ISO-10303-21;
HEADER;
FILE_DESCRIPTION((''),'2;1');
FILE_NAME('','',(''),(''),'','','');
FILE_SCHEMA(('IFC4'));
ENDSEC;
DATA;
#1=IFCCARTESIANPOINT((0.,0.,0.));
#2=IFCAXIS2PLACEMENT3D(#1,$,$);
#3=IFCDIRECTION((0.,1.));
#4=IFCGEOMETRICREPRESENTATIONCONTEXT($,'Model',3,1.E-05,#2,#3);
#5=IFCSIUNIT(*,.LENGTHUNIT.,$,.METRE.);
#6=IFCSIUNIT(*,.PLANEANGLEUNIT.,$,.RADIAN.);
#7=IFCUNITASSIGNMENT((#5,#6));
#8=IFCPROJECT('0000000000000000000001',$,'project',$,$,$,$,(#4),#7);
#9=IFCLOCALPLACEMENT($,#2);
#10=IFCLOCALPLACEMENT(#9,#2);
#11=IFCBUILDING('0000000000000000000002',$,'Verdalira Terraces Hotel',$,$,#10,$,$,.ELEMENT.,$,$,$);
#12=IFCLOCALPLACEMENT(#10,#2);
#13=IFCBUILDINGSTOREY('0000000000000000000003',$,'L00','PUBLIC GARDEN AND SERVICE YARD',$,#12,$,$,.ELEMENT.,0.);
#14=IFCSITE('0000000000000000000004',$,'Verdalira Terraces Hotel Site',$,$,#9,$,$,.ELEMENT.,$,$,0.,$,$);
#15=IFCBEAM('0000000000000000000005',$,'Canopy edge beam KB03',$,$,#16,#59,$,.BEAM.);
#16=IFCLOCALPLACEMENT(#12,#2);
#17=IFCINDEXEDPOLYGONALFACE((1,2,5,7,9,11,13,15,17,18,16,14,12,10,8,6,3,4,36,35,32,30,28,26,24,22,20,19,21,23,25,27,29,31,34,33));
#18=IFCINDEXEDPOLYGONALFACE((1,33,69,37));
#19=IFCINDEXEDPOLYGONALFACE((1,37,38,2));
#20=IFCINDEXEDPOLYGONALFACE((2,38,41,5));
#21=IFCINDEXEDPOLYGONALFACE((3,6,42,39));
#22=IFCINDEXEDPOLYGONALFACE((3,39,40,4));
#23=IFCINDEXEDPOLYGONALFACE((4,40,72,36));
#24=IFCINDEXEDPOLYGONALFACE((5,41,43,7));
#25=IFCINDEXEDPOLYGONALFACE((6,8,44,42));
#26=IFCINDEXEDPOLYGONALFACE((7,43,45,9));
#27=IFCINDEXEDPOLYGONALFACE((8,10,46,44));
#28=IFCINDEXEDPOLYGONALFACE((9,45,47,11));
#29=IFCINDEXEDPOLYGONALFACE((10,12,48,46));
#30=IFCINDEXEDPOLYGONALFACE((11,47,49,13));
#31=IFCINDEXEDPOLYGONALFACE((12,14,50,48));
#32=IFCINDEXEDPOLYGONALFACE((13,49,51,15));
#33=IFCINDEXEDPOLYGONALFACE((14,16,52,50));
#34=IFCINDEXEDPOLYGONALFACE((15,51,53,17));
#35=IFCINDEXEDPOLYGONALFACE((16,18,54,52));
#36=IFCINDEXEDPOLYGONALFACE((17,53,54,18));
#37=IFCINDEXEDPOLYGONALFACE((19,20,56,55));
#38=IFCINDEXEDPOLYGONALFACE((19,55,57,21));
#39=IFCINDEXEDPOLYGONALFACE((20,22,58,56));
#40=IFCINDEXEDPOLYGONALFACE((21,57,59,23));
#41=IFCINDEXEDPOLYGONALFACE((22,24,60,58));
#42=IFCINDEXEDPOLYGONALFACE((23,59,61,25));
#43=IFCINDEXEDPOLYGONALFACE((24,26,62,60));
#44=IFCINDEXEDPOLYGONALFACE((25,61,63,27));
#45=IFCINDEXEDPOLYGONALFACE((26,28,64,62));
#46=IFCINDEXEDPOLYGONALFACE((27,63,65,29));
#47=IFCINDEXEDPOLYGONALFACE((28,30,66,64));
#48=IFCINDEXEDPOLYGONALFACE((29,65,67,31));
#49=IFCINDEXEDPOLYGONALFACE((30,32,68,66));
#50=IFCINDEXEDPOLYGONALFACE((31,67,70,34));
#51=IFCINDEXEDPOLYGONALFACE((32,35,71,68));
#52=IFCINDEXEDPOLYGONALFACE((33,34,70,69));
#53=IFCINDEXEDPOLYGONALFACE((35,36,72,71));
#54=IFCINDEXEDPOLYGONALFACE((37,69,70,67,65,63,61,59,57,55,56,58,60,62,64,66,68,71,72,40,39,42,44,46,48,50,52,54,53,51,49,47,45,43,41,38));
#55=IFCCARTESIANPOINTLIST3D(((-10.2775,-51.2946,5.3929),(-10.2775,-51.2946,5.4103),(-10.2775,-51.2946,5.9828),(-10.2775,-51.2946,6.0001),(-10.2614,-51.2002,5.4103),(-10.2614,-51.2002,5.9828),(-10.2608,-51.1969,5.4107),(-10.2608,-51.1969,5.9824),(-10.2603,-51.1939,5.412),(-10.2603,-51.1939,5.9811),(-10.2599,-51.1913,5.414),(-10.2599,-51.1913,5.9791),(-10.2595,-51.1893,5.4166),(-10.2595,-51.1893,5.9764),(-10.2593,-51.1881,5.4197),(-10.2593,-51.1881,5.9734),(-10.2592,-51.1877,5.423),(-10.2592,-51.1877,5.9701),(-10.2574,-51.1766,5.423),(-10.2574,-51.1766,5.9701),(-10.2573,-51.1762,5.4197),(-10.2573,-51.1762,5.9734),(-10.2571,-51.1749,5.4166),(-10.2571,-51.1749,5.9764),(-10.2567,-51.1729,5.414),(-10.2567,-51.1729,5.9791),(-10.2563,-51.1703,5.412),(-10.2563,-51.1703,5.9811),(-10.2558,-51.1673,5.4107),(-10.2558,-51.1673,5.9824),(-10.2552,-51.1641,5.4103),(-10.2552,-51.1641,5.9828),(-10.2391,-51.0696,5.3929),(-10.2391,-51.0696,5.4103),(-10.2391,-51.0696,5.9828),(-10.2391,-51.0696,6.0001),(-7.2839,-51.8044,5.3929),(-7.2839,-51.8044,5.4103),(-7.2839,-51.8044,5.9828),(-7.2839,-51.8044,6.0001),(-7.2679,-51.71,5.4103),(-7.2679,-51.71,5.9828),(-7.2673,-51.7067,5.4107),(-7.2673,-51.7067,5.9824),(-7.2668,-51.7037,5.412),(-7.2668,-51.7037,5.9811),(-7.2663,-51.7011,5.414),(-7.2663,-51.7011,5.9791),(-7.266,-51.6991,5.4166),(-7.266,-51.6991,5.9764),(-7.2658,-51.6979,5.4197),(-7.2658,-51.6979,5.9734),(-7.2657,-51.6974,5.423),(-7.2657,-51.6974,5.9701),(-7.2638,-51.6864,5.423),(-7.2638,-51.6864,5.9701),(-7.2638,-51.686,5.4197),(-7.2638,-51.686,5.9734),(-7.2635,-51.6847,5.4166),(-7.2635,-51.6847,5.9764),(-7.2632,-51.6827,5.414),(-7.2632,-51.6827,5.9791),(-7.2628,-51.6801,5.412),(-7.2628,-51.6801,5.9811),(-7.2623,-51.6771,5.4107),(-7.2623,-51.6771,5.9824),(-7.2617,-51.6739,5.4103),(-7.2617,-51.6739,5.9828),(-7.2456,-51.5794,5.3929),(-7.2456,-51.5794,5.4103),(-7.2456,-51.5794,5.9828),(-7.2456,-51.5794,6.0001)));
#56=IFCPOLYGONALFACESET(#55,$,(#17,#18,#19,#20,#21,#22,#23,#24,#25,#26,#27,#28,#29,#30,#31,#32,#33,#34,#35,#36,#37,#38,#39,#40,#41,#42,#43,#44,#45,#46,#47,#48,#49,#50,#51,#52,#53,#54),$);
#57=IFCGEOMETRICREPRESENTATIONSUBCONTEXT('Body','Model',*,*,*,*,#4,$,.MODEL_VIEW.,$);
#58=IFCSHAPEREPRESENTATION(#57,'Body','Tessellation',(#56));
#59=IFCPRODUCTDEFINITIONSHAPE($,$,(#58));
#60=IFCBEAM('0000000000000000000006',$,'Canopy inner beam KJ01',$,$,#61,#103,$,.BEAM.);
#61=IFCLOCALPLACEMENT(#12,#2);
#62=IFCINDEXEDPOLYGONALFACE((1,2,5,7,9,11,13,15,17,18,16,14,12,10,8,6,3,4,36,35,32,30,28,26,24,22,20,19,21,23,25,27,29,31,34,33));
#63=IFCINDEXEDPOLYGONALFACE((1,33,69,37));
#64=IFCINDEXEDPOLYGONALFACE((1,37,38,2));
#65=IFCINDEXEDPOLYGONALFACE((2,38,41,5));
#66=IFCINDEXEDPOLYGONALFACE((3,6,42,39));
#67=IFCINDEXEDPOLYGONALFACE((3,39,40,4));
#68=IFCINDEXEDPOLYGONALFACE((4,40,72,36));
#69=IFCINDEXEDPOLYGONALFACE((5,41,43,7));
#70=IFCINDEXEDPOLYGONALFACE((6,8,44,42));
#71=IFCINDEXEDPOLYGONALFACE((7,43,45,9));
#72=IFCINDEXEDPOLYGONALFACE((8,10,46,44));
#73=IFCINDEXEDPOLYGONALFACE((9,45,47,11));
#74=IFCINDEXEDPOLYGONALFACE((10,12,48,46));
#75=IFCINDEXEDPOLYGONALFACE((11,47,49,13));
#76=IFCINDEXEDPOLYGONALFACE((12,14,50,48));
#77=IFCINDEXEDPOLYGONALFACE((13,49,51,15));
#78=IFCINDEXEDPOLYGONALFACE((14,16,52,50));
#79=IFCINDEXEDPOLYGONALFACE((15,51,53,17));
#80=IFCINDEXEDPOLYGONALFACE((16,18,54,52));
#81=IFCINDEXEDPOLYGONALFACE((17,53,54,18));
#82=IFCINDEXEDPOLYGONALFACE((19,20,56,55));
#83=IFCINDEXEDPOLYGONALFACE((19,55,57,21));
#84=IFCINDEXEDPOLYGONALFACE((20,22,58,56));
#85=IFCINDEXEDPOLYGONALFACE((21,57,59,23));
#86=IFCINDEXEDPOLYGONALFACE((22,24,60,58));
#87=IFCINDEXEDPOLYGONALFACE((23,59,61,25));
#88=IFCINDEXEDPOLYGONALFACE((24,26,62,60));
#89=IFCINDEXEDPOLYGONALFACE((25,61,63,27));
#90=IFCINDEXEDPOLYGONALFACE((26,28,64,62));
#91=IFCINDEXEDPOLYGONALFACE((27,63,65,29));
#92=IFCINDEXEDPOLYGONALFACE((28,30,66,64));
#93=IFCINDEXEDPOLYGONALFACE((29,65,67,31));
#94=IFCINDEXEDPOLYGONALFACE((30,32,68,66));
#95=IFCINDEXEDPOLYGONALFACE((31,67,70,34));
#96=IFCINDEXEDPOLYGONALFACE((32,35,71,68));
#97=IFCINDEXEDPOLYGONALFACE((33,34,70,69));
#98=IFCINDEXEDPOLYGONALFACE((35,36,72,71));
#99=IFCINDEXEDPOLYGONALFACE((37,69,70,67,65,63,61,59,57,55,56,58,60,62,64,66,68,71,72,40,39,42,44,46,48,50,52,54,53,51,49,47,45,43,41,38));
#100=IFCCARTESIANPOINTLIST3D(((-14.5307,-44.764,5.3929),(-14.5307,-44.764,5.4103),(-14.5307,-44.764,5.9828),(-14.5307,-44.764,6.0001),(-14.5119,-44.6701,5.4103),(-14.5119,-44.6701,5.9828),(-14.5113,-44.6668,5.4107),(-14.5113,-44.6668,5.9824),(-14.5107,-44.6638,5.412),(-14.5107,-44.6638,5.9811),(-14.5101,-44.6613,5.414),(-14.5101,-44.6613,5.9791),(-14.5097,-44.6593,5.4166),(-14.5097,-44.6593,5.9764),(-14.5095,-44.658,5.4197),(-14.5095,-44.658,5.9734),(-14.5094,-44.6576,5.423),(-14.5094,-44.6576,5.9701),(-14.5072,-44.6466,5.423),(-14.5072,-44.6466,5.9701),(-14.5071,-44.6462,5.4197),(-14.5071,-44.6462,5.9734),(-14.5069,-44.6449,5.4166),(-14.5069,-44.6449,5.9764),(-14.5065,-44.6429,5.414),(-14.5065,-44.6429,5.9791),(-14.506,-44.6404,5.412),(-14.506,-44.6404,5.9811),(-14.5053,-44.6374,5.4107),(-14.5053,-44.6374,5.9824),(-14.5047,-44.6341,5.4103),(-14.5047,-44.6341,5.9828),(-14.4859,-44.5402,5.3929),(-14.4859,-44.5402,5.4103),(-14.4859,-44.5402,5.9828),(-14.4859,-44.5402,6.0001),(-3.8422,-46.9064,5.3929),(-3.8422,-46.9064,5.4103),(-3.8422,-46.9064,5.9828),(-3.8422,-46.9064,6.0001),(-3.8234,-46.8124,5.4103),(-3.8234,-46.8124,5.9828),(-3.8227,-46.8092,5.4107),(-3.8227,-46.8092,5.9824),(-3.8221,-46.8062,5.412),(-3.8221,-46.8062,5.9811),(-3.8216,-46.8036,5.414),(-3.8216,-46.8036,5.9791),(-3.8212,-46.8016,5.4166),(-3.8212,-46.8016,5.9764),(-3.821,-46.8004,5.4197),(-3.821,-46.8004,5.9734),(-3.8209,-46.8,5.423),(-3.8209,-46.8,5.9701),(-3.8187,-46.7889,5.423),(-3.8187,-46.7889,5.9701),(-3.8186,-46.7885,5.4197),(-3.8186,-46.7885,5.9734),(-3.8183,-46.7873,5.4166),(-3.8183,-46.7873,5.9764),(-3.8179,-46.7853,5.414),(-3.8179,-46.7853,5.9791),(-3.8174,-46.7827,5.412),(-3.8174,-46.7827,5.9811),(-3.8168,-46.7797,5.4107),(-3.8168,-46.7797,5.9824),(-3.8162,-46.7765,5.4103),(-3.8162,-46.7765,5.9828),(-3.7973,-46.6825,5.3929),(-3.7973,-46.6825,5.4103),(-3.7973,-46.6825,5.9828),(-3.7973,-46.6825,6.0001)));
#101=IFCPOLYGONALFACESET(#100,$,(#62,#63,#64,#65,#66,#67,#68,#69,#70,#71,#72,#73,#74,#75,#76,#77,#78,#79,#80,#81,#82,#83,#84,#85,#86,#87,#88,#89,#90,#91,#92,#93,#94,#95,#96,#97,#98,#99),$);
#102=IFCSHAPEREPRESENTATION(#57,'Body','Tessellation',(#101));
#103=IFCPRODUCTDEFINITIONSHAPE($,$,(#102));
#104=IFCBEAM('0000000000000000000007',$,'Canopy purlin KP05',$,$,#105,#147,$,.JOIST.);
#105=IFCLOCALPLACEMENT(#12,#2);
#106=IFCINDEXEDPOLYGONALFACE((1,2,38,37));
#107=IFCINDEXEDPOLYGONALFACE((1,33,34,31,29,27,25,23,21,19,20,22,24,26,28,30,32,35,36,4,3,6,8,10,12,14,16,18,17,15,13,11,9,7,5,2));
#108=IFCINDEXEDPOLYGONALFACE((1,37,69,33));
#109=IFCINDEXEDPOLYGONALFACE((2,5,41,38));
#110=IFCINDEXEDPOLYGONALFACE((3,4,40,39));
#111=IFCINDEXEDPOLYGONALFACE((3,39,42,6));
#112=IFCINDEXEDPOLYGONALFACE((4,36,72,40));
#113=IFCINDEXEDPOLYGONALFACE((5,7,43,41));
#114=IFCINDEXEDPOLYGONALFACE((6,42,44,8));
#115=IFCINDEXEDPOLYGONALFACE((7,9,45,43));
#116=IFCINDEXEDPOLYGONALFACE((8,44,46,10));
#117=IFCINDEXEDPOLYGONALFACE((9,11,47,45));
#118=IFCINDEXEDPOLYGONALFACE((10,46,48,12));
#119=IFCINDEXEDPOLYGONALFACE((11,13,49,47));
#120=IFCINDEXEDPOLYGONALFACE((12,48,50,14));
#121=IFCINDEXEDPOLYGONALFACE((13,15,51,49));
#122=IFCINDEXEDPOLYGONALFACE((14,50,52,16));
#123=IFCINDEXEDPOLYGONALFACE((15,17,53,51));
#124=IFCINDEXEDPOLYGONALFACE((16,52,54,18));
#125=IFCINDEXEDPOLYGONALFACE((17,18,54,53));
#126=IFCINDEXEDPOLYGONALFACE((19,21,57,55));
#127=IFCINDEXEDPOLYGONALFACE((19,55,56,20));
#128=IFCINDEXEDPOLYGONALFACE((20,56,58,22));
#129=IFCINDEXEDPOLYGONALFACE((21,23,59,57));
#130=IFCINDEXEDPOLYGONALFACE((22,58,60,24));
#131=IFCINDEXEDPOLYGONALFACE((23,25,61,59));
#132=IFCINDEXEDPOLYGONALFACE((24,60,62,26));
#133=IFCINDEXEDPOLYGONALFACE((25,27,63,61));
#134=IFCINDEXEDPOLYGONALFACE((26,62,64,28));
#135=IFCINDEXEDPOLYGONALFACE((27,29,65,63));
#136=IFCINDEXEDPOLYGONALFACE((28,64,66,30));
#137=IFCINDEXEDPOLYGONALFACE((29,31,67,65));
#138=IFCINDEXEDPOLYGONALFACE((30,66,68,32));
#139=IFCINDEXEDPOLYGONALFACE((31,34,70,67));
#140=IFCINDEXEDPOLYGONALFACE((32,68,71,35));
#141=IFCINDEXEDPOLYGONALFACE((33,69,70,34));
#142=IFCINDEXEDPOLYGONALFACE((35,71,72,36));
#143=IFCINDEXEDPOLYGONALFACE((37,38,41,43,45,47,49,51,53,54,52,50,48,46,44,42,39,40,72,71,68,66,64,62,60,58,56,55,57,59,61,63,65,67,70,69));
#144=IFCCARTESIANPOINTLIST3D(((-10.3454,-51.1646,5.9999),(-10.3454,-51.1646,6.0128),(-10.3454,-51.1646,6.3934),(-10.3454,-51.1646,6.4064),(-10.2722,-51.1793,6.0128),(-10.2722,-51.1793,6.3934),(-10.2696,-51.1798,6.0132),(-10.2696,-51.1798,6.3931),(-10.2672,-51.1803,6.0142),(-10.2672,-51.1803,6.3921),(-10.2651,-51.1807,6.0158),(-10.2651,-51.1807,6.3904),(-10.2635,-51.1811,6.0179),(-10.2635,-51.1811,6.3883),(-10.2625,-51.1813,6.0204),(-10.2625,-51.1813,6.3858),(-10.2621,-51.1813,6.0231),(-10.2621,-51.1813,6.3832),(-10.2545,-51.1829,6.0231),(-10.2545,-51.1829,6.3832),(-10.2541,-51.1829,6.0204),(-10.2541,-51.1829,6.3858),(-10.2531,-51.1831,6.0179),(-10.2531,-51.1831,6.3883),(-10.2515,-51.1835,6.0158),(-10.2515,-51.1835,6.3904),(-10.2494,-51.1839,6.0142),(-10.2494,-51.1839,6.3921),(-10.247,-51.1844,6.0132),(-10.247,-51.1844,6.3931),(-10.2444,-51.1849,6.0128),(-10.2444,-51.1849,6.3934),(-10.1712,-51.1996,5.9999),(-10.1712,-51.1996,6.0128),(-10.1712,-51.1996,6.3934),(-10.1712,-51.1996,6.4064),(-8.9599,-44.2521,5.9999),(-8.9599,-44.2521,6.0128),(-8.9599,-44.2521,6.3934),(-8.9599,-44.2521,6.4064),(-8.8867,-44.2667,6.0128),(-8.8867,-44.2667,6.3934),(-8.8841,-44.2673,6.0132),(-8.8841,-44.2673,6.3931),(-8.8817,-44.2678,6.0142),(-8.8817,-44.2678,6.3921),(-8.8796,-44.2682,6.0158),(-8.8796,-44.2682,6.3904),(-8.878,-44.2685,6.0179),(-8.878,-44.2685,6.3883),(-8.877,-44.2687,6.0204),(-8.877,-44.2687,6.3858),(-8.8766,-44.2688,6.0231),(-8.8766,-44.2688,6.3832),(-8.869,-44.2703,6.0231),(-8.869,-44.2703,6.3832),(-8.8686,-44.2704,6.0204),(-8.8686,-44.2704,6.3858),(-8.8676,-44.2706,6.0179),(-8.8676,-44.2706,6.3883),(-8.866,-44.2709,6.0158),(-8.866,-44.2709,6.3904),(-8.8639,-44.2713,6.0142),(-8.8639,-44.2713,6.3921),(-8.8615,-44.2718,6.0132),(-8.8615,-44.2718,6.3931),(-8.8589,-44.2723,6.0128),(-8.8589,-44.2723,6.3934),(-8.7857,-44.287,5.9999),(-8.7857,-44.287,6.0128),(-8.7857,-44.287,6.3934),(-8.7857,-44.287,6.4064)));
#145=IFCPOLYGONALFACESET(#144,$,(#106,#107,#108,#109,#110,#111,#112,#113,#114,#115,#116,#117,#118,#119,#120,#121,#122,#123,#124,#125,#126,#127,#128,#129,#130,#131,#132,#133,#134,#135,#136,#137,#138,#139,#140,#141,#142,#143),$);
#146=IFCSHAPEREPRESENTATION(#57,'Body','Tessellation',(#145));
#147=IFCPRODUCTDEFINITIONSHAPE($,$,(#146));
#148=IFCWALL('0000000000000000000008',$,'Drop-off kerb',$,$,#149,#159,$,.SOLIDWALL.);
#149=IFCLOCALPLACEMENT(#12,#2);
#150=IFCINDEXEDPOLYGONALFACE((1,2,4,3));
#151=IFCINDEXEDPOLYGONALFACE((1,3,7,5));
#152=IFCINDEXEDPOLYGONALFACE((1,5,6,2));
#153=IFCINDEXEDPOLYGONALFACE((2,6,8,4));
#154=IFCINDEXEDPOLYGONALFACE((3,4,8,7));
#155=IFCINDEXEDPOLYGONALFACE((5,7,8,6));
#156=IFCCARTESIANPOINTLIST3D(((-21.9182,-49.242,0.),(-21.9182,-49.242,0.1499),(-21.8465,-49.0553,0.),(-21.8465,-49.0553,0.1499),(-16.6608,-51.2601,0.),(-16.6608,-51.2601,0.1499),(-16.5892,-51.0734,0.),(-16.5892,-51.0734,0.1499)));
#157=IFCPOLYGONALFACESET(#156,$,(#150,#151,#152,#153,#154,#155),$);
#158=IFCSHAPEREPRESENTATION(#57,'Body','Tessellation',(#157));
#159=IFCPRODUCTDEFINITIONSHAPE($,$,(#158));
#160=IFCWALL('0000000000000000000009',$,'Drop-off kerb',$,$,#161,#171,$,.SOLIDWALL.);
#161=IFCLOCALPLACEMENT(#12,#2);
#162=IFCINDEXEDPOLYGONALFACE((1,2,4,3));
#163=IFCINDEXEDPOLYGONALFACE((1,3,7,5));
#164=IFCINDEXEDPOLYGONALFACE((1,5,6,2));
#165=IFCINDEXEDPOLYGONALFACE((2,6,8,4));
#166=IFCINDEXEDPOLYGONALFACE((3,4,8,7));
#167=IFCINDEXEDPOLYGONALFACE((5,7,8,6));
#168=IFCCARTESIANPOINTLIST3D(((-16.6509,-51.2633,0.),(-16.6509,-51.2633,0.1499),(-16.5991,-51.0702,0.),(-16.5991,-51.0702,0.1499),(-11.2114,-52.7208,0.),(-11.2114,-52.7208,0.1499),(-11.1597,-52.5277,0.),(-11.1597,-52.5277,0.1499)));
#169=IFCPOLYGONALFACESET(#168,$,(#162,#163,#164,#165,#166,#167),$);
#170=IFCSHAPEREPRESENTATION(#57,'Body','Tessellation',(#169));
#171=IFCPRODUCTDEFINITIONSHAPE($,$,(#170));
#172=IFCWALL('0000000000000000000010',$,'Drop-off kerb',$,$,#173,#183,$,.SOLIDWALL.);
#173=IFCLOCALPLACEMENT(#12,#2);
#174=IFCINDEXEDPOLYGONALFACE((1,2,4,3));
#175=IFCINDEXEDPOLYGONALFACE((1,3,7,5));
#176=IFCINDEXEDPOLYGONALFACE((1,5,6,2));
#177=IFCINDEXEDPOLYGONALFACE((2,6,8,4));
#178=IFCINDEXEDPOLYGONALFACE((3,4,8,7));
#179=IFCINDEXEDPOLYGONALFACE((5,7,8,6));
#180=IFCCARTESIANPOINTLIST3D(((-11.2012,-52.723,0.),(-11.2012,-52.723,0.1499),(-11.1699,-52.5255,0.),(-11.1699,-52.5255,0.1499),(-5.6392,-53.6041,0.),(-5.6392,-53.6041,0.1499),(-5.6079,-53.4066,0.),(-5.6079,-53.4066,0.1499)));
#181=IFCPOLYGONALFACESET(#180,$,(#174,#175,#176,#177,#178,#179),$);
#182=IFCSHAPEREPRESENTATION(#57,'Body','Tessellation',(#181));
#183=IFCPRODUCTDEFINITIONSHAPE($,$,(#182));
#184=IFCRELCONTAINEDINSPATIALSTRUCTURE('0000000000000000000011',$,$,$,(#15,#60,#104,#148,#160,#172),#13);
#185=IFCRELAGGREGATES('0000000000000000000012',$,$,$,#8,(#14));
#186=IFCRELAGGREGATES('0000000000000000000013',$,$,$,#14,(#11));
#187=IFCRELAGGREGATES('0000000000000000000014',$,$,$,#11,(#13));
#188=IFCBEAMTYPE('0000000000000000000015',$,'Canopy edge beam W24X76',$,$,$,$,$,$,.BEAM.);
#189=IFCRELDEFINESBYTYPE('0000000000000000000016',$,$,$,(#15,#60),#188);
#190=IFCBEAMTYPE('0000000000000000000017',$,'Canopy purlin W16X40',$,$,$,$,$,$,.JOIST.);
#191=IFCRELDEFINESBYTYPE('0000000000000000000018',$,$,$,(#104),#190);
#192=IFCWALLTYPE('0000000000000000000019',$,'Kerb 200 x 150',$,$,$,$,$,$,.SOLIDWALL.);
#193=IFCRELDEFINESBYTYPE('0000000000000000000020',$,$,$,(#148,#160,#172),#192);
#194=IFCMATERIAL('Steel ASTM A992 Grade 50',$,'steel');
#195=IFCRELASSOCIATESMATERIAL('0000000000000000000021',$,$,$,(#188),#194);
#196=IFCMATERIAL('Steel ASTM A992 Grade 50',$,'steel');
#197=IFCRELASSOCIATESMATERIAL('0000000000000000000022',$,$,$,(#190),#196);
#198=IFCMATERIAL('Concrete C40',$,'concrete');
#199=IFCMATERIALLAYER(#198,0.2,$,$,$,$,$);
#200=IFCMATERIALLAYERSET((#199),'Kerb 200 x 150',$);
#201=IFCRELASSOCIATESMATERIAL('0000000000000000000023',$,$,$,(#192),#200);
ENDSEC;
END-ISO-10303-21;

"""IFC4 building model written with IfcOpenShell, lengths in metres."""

from ifc_helpers import new_model, si_unit, direction, frame, frame_2d, origin, origin_2d, place, context, subcontext, project, spatial, rectangle, i_section, extrude, material, layer, layer_set, material_profile, profile_set, type_object, element, save


model = new_model("IFC4")

# Units and contexts
model_context = context("Model", 3, precision=1e-05, world=origin(), true_north=direction((0.0, 1.0)))
body_context = subcontext(model_context, "Body", "Model", "MODEL_VIEW")
ifc_project = project(units=[si_unit("LENGTHUNIT", "METRE"), si_unit("PLANEANGLEUNIT", "RADIAN")], contexts=[model_context])

# Site, building, storey
site_placement = place(None, origin())
site = spatial("IfcSite", under=ifc_project, at=site_placement, Name="Verdalira Terraces Hotel Site", CompositionType="ELEMENT", RefElevation=0.0)
building_placement = place(site_placement, origin())
building = spatial("IfcBuilding", under=site, at=building_placement, Name="Verdalira Terraces Hotel", CompositionType="ELEMENT")
storey_placement = place(building_placement, origin())
storey = spatial("IfcBuildingStorey", under=building, at=storey_placement, Name="L00", Description="PUBLIC GARDEN AND SERVICE YARD", CompositionType="ELEMENT", Elevation=0.0)

# Beams
ifc_material_1 = material(Name="Steel ASTM A992 Grade 50", Category="steel")
ifc_material_profile_1 = material_profile(ifc_material_1, i_section(OverallWidth=0.2283, OverallDepth=0.6072, WebThickness=0.0112, FlangeThickness=0.0173, FilletRadius=0.0127, at=origin_2d()), Name="W24X76")
ifc_profile_set_1 = profile_set([ifc_material_profile_1], Name="Steel ASTM A992 Grade 50")
beam_type_1 = type_object("IfcBeamType", Name="Canopy edge beam W24X76", PredefinedType="BEAM", material=ifc_profile_set_1)
beam_1_placement = place(storey_placement, frame((-10.2583, -51.1821, 5.6965), z_axis=(0.985808, -0.167879, 0.0), x_axis=(0.167879, 0.985808, 0.0)))
element("IfcBeam", 1, at=beam_1_placement, inside=storey, type_object=beam_type_1, Name="Canopy edge beam KB03", PredefinedType="BEAM", context=body_context, shape_type="SweptSolid", body=[
    extrude(i_section(OverallWidth=0.2283, OverallDepth=0.6072, WebThickness=0.0112, FlangeThickness=0.0173, FilletRadius=0.0127, at=origin_2d()), origin(), (0.0, 0.0, 1.0), 3.0366),
])
beam_2_placement = place(storey_placement, frame((-14.5083, -44.6521, 5.6965), z_axis=(0.980499, -0.196525, 0.0), x_axis=(0.196525, 0.980499, 0.0)))
element("IfcBeam", 2, at=beam_2_placement, inside=storey, type_object=beam_type_1, Name="Canopy inner beam KJ01", PredefinedType="BEAM", context=body_context, shape_type="SweptSolid", body=[
    extrude(i_section(OverallWidth=0.2283, OverallDepth=0.6072, WebThickness=0.0112, FlangeThickness=0.0173, FilletRadius=0.0127, at=origin_2d()), origin(), (0.0, 0.0, 1.0), 10.9011),
])
ifc_material_2 = material(Name="Steel ASTM A992 Grade 50", Category="steel")
ifc_material_profile_2 = material_profile(ifc_material_2, i_section(OverallWidth=0.1777, OverallDepth=0.4065, WebThickness=0.0078, FlangeThickness=0.0129, FilletRadius=0.0103, at=origin_2d()), Name="W16X40")
ifc_profile_set_2 = profile_set([ifc_material_profile_2], Name="Steel ASTM A992 Grade 50")
beam_type_2 = type_object("IfcBeamType", Name="Canopy purlin W16X40", PredefinedType="JOIST", material=ifc_profile_set_2)
beam_3_placement = place(storey_placement, frame((-8.8728, -44.2695, 6.2031), z_axis=(-0.196522, -0.980499, 0.0), x_axis=(0.980499, -0.196522, 0.0)))
element("IfcBeam", 3, at=beam_3_placement, inside=storey, type_object=beam_type_2, Name="Canopy purlin KP05", PredefinedType="JOIST", context=body_context, shape_type="SweptSolid", body=[
    extrude(i_section(OverallWidth=0.1777, OverallDepth=0.4065, WebThickness=0.0078, FlangeThickness=0.0129, FilletRadius=0.0103, at=origin_2d()), origin(), (0.0, 0.0, 1.0), 7.05),
])

# Walls
ifc_material_3 = material(Name="Concrete C40", Category="concrete")
ifc_layer_1 = layer(ifc_material_3, 0.2)
ifc_layer_set_1 = layer_set([ifc_layer_1], Name="Kerb 200 x 150")
wall_type_1 = type_object("IfcWallType", Name="Kerb 200 x 150", PredefinedType="SOLIDWALL", material=ifc_layer_set_1)
for number, where, z_axis, x_axis, name in (
    (4, (-21.8823, -49.1487, 0.0), (0.0, 0.0, 1.0), (0.933582, -0.358363, 0.0), "Drop-off kerb"),
    (5, (-16.625, -51.1667, 0.0), (0.0, 0.0, 1.0), (0.965925, -0.258823, 0.0), "Drop-off kerb"),
    (6, (-11.1855, -52.6243, 0.0), (0.0, 0.0, 1.0), (0.987684, -0.156463, 0.0), "Drop-off kerb"),
):
    element("IfcWall", number, at=place(storey_placement, frame(where, z_axis=z_axis, x_axis=x_axis)), inside=storey, type_object=wall_type_1, Name=name, PredefinedType="SOLIDWALL", context=body_context, shape_type="SweptSolid", body=[
        extrude(rectangle(XDim=5.6313, YDim=0.2, at=frame_2d((2.8157, 0.0))), origin(), (0.0, 0.0, 1.0), 0.1499),
    ])

save(model, "model.ifc")
